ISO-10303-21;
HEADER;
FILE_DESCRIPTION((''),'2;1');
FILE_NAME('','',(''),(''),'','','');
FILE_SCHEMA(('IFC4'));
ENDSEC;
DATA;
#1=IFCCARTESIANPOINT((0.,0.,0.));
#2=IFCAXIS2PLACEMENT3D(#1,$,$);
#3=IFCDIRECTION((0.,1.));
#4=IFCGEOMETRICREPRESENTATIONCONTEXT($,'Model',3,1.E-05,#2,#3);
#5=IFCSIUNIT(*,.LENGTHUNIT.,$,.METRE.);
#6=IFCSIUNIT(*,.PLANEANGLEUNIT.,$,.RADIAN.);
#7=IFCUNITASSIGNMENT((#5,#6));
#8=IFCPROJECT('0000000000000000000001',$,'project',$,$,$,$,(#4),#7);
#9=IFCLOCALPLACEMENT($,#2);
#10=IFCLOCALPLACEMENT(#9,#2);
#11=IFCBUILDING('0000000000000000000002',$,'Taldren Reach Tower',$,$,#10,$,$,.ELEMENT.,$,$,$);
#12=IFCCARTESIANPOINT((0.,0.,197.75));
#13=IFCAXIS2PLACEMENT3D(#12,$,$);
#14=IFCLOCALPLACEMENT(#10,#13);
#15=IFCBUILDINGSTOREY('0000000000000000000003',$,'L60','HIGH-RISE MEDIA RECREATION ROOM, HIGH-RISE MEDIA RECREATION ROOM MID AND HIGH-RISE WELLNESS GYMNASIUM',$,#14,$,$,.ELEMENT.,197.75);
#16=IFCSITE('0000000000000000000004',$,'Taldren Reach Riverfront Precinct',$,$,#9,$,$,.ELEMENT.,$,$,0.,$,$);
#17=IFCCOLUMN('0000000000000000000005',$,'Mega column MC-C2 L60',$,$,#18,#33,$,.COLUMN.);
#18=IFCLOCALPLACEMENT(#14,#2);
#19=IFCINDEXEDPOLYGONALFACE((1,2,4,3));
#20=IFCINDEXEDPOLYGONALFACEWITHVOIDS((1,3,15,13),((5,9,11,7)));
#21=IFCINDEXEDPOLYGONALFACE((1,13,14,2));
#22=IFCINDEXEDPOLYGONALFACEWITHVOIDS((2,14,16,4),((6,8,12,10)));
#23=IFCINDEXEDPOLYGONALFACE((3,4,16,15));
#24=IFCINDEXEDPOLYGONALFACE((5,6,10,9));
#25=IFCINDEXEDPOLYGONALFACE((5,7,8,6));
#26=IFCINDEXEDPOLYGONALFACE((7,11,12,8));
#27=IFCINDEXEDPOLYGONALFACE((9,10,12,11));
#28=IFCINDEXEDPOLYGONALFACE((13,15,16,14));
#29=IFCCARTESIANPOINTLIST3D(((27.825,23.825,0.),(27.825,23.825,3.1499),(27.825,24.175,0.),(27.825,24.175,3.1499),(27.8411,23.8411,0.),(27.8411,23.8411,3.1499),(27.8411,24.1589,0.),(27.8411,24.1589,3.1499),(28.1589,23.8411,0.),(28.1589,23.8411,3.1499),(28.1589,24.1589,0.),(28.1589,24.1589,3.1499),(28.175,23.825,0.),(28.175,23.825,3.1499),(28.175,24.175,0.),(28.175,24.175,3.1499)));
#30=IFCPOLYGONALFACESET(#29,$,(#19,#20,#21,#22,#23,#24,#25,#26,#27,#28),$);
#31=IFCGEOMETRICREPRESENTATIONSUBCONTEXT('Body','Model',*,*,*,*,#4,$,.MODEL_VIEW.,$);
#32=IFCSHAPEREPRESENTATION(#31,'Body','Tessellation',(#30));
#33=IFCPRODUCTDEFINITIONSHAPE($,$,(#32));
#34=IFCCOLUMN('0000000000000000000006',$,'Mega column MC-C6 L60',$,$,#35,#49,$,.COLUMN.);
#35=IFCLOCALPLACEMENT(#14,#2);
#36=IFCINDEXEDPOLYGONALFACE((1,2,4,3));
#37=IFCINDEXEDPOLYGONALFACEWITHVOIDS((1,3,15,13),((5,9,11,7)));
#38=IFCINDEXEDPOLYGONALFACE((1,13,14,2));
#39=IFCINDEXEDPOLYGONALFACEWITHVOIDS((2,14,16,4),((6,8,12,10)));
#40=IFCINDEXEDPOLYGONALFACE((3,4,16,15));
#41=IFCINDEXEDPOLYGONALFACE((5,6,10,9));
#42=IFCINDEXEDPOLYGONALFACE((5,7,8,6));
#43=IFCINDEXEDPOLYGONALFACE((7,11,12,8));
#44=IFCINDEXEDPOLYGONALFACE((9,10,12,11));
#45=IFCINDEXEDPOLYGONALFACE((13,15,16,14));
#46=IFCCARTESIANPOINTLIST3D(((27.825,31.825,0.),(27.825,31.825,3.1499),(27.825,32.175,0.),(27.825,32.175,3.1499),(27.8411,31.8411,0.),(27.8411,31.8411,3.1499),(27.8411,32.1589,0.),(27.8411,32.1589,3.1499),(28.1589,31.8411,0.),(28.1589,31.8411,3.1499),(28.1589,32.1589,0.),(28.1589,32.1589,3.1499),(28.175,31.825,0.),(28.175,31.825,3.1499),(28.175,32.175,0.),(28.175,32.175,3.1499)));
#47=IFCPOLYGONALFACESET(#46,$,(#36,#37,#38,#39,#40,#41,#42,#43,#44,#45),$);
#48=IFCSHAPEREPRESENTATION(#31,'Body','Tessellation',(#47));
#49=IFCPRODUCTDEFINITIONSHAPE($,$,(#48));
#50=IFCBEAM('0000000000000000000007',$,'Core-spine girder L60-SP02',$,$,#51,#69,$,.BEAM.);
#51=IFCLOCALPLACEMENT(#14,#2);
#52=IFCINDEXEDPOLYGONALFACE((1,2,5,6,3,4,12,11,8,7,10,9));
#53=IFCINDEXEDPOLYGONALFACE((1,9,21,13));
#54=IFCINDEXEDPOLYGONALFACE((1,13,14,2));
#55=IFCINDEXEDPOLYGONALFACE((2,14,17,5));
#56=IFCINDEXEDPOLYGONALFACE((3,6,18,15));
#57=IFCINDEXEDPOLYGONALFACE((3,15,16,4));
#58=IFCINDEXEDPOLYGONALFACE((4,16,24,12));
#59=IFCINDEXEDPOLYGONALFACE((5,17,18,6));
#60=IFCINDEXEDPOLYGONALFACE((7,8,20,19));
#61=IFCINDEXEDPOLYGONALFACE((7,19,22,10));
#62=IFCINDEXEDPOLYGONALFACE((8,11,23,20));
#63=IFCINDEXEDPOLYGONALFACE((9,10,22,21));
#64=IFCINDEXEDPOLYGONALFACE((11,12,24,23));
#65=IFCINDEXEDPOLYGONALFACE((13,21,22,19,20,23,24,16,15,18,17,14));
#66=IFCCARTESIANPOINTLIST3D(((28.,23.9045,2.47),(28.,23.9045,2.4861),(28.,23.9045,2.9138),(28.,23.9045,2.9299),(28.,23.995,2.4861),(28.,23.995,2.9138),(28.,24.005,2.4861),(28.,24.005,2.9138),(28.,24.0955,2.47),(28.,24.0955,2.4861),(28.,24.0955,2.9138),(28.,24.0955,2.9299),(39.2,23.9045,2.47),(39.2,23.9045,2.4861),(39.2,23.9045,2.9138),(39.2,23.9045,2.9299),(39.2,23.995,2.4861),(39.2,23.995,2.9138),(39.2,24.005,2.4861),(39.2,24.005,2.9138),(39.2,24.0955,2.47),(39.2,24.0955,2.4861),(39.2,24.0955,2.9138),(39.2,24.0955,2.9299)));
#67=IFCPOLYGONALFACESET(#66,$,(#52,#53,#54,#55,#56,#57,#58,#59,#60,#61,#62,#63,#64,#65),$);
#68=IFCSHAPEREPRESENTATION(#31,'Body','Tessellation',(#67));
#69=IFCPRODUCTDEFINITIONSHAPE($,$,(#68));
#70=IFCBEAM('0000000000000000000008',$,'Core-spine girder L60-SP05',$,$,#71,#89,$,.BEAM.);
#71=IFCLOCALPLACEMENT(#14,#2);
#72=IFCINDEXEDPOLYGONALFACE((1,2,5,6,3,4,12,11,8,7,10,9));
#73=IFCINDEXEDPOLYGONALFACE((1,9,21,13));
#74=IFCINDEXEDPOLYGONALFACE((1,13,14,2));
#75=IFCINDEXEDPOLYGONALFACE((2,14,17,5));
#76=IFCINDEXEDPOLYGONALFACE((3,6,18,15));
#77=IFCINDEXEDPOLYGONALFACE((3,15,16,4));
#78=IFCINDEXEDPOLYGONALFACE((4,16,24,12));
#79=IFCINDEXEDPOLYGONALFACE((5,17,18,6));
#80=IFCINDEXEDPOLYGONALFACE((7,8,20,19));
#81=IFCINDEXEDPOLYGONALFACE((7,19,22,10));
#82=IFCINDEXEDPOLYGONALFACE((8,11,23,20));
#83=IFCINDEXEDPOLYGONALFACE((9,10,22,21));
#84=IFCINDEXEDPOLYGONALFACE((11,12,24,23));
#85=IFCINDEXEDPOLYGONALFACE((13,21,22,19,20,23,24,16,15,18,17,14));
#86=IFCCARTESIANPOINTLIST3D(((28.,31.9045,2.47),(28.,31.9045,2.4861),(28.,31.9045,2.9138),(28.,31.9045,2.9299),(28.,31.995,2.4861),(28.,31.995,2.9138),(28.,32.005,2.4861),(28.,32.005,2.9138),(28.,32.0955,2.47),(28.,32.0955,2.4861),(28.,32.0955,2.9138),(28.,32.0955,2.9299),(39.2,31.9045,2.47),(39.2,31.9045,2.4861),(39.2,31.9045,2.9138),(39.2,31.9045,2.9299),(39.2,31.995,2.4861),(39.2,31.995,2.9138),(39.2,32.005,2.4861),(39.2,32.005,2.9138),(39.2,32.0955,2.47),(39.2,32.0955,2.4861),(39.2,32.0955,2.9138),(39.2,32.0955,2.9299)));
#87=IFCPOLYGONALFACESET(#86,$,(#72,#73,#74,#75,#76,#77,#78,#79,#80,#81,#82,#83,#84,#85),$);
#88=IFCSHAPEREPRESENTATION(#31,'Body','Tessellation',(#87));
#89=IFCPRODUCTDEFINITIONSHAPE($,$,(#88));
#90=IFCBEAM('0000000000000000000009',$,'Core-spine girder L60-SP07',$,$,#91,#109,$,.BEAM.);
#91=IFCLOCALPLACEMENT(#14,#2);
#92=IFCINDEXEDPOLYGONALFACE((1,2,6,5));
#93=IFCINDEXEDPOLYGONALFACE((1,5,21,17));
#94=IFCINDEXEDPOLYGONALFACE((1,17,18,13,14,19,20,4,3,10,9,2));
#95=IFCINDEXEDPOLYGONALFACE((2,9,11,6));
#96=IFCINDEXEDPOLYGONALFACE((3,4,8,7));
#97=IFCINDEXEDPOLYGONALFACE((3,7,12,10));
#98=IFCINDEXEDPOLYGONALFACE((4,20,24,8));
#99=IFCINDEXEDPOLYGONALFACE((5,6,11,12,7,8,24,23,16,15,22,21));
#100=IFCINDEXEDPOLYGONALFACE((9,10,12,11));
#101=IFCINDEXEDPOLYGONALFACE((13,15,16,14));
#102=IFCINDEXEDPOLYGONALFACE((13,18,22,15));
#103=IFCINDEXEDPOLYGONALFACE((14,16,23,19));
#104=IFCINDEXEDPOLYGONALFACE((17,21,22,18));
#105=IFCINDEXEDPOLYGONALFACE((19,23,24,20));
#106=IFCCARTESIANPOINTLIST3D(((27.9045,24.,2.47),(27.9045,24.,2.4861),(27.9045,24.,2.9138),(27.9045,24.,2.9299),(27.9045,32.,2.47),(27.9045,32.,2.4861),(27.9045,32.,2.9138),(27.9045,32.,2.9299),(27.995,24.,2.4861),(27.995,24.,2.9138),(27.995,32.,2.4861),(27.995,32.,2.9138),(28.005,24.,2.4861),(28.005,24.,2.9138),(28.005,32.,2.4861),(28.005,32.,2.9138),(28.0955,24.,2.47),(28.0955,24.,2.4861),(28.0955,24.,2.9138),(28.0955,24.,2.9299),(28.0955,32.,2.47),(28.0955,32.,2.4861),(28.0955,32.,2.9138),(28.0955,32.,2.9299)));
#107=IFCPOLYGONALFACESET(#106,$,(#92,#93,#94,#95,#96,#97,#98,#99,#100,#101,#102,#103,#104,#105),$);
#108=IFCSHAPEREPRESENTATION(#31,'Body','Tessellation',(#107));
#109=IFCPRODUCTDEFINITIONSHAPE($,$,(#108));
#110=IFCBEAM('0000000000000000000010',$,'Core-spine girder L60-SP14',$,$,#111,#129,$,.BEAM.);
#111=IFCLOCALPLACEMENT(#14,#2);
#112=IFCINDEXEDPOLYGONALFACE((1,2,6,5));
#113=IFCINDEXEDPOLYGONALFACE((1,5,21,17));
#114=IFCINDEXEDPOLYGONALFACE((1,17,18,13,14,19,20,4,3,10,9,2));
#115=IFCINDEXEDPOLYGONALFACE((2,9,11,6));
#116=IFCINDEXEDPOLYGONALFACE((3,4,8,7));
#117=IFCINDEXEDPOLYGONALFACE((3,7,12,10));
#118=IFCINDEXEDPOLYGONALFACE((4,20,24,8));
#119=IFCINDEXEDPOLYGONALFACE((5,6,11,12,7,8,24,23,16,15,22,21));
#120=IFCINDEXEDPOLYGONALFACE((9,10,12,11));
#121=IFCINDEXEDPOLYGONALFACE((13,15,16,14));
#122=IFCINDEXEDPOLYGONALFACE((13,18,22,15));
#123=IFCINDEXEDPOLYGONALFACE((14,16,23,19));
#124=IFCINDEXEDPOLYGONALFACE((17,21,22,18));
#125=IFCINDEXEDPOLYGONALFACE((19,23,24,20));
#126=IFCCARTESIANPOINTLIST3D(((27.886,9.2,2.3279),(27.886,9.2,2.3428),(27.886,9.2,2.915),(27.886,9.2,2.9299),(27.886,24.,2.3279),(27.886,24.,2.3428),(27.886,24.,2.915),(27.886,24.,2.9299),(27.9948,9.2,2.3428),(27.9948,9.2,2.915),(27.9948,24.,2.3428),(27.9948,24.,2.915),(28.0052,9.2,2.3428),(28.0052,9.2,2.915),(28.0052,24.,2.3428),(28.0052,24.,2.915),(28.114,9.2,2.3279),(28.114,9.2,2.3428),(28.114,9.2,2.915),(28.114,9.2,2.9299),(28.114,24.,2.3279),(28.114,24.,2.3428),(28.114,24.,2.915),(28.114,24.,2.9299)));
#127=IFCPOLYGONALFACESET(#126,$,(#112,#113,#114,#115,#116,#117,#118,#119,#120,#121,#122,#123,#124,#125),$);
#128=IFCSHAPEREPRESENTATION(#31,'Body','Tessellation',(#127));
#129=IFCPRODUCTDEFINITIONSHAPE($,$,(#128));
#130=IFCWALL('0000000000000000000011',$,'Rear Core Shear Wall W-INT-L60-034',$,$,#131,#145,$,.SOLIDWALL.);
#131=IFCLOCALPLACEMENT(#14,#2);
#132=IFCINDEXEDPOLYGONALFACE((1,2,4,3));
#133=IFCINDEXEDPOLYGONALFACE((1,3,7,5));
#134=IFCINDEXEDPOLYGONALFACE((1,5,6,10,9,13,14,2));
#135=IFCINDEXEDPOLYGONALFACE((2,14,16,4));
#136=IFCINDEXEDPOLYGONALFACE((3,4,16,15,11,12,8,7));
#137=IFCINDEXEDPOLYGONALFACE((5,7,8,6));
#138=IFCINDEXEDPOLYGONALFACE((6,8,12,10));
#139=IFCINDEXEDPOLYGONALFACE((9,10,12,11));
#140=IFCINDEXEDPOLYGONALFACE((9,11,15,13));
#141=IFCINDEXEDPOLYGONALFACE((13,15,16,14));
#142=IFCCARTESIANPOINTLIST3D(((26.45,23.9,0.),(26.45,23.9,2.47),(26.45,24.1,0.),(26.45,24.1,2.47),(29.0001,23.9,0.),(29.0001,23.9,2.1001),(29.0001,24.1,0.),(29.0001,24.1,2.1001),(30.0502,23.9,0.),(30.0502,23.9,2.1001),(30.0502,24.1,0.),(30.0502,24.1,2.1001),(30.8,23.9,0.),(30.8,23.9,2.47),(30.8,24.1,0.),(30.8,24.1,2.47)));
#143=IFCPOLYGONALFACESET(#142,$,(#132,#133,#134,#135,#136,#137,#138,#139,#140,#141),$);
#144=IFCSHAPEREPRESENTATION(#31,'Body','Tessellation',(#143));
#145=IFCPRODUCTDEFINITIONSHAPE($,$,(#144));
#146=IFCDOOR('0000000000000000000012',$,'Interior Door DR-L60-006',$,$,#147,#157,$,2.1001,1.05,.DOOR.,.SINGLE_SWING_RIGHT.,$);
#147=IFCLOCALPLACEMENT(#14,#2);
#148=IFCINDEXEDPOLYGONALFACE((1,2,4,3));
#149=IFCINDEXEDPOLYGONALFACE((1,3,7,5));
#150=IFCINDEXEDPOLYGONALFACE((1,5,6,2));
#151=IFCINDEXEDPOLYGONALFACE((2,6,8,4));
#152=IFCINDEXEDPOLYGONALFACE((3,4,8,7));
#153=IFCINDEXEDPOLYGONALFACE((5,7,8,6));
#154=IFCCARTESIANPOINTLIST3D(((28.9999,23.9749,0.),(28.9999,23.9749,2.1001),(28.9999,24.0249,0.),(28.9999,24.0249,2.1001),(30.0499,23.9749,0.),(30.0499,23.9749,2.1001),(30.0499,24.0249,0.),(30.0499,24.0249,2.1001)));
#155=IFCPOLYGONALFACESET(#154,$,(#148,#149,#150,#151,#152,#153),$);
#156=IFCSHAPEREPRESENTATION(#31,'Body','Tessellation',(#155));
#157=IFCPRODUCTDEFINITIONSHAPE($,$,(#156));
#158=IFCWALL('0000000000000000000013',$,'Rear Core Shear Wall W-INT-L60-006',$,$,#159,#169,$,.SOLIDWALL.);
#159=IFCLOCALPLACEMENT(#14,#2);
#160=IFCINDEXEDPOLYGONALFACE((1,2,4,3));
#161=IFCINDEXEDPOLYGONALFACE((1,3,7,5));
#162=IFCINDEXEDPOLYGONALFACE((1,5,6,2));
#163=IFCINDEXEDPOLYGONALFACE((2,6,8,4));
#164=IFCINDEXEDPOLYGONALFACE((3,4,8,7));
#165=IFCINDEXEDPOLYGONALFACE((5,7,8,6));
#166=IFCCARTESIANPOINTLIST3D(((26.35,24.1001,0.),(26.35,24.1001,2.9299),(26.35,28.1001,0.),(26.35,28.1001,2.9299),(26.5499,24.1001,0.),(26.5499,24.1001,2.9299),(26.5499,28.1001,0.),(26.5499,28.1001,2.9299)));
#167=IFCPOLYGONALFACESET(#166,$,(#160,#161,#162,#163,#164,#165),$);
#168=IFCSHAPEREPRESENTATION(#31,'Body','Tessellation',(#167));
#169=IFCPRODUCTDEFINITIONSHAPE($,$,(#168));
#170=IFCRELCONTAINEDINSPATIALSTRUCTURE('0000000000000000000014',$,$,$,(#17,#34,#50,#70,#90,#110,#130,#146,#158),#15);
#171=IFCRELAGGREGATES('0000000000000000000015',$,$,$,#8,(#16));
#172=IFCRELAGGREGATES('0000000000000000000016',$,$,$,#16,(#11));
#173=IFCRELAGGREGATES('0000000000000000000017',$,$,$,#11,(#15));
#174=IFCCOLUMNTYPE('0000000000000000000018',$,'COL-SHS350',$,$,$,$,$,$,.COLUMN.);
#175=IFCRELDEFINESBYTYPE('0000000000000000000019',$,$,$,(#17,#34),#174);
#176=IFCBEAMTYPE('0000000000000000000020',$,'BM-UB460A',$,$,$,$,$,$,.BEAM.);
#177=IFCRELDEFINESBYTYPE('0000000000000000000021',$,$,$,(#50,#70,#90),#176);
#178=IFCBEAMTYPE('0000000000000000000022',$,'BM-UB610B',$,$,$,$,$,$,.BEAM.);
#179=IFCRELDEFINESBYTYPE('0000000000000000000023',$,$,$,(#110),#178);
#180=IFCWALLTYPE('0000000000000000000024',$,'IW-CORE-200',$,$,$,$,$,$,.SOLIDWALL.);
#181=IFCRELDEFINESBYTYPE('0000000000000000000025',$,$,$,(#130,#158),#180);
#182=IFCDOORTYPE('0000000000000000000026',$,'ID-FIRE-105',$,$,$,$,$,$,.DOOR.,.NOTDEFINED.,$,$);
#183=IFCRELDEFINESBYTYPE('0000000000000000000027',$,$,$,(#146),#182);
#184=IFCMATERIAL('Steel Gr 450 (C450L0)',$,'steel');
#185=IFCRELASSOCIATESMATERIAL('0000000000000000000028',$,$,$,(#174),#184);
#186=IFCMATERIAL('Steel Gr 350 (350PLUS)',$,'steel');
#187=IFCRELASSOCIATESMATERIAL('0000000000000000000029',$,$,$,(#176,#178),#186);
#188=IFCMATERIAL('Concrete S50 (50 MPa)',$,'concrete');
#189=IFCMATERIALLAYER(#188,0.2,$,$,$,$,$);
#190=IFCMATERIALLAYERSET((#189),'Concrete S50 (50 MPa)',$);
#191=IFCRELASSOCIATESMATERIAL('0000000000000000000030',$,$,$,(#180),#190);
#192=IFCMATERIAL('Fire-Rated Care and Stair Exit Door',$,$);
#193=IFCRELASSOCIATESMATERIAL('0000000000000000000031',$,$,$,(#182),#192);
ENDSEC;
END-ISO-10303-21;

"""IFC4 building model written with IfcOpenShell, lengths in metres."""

from ifc_helpers import new_model, si_unit, direction, frame, frame_2d, origin, origin_2d, place, context, subcontext, project, spatial, rectangle, hollow_rectangle, i_section, extrude, source, transform, mapped, material, layer, layer_set, material_profile, profile_set, type_object, element, fill, save


model = new_model("IFC4")

# Units and contexts
model_context = context("Model", 3, precision=1e-05, world=origin(), true_north=direction((0.0, 1.0)))
body_context = subcontext(model_context, "Body", "Model", "MODEL_VIEW")
ifc_project = project(units=[si_unit("LENGTHUNIT", "METRE"), si_unit("PLANEANGLEUNIT", "RADIAN")], contexts=[model_context])

# Site, building, storey
site_placement = place(None, origin())
site = spatial("IfcSite", under=ifc_project, at=site_placement, Name="Taldren Reach Riverfront Precinct", CompositionType="ELEMENT", RefElevation=0.0)
building_placement = place(site_placement, origin())
building = spatial("IfcBuilding", under=site, at=building_placement, Name="Taldren Reach Tower", CompositionType="ELEMENT")
storey_placement = place(building_placement, frame((0.0, 0.0, 197.75)))
storey = spatial("IfcBuildingStorey", under=building, at=storey_placement, Name="L60", Description="HIGH-RISE MEDIA RECREATION ROOM, HIGH-RISE MEDIA RECREATION ROOM MID AND HIGH-RISE WELLNESS GYMNASIUM", CompositionType="ELEMENT", Elevation=197.75)

# Columns
ifc_material_1 = material(Name="Steel Gr 450 (C450L0)", Category="steel")
ifc_material_profile_1 = material_profile(ifc_material_1, hollow_rectangle(XDim=0.3501, YDim=0.3501, WallThickness=0.0161, at=origin_2d()), Name="350x350x16.0SHS")
ifc_profile_set_1 = profile_set([ifc_material_profile_1], Name="Steel Gr 450 (C450L0)")
column_type = type_object("IfcColumnType", Name="COL-SHS350", PredefinedType="COLUMN", material=ifc_profile_set_1)
shared_shape_1 = source(origin(), body_context, "Body", "SweptSolid", [
    extrude(hollow_rectangle(XDim=0.3501, YDim=0.3501, WallThickness=0.0161, at=origin_2d()), origin(), (0.0, 0.0, 1.0), 3.1499),
])
for number, where, z_axis, x_axis, name in (
    (1, (28.0, 24.0, 0.0), (0.0, 0.0, 1.0), (1.0, 0.0, 0.0), "Mega column MC-C2 L60"),
    (2, (28.0, 32.0, 0.0), (0.0, 0.0, 1.0), (1.0, 0.0, 0.0), "Mega column MC-C6 L60"),
):
    element("IfcColumn", number, at=place(storey_placement, frame(where, z_axis=z_axis, x_axis=x_axis)), inside=storey, type_object=column_type, Name=name, PredefinedType="COLUMN", context=body_context, shape_type="MappedRepresentation", body=[
        mapped(shared_shape_1, transform((0.0, 0.0, 0.0), scale=1.0)),
    ])

# Beams
ifc_material_2 = material(Name="Steel Gr 350 (350PLUS)", Category="steel")
ifc_material_profile_2 = material_profile(ifc_material_2, i_section(OverallWidth=0.1909, OverallDepth=0.46, WebThickness=0.01, FlangeThickness=0.0161, at=origin_2d()), Name="460UB82.1")
ifc_profile_set_2 = profile_set([ifc_material_profile_2], Name="Steel Gr 350 (350PLUS)")
beam_type_1 = type_object("IfcBeamType", Name="BM-UB460A", PredefinedType="BEAM", material=ifc_profile_set_2)
shared_shape_2 = source(origin(), body_context, "Body", "SweptSolid", [
    extrude(i_section(OverallWidth=0.1909, OverallDepth=0.46, WebThickness=0.01, FlangeThickness=0.0161, at=origin_2d()), origin(), (0.0, 0.0, 1.0), 11.2),
])
for number, where, z_axis, x_axis, name in (
    (3, (28.0, 24.0, 2.7), (1.0, 0.0, 0.0), (0.0, 1.0, 0.0), "Core-spine girder L60-SP02"),
    (4, (28.0, 32.0, 2.7), (1.0, 0.0, 0.0), (0.0, 1.0, 0.0), "Core-spine girder L60-SP05"),
):
    element("IfcBeam", number, at=place(storey_placement, frame(where, z_axis=z_axis, x_axis=x_axis)), inside=storey, type_object=beam_type_1, Name=name, PredefinedType="BEAM", context=body_context, shape_type="MappedRepresentation", body=[
        mapped(shared_shape_2, transform((0.0, 0.0, 0.0), scale=1.0)),
    ])
shared_shape_3 = source(origin(), body_context, "Body", "SweptSolid", [
    extrude(i_section(OverallWidth=0.1909, OverallDepth=0.46, WebThickness=0.01, FlangeThickness=0.0161, at=origin_2d()), origin(), (0.0, 0.0, 1.0), 8.0),
])
beam_1_placement = place(storey_placement, frame((28.0, 24.0, 2.7), z_axis=(0.0, 1.0, 0.0), x_axis=(-1.0, 0.0, 0.0)))
element("IfcBeam", 5, at=beam_1_placement, inside=storey, type_object=beam_type_1, Name="Core-spine girder L60-SP07", PredefinedType="BEAM", context=body_context, shape_type="MappedRepresentation", body=[
    mapped(shared_shape_3, transform((0.0, 0.0, 0.0), scale=1.0)),
])
ifc_material_profile_3 = material_profile(ifc_material_2, i_section(OverallWidth=0.228, OverallDepth=0.6021, WebThickness=0.0105, FlangeThickness=0.0149, at=origin_2d()), Name="610UB101")
ifc_profile_set_3 = profile_set([ifc_material_profile_3], Name="Steel Gr 350 (350PLUS)")
beam_type_2 = type_object("IfcBeamType", Name="BM-UB610B", PredefinedType="BEAM", material=ifc_profile_set_3)
shared_shape_4 = source(origin(), body_context, "Body", "SweptSolid", [
    extrude(i_section(OverallWidth=0.228, OverallDepth=0.6021, WebThickness=0.0105, FlangeThickness=0.0149, at=origin_2d()), origin(), (0.0, 0.0, 1.0), 14.8),
])
beam_2_placement = place(storey_placement, frame((28.0, 24.0, 2.6289), z_axis=(0.0, -1.0, 0.0), x_axis=(1.0, 0.0, 0.0)))
element("IfcBeam", 6, at=beam_2_placement, inside=storey, type_object=beam_type_2, Name="Core-spine girder L60-SP14", PredefinedType="BEAM", context=body_context, shape_type="MappedRepresentation", body=[
    mapped(shared_shape_4, transform((0.0, 0.0, 0.0), scale=1.0)),
])

# Wall, opening, door
ifc_material_3 = material(Name="Concrete S50 (50 MPa)", Category="concrete")
ifc_layer_1 = layer(ifc_material_3, 0.2)
ifc_layer_set_1 = layer_set([ifc_layer_1], Name="Concrete S50 (50 MPa)")
wall_type_1 = type_object("IfcWallType", Name="IW-CORE-200", PredefinedType="SOLIDWALL", material=ifc_layer_set_1)
shared_shape_5 = source(origin(), body_context, "Body", "SweptSolid", [
    extrude(rectangle(XDim=4.3501, YDim=0.2, at=frame_2d((2.175, 0.0))), origin(), (0.0, 0.0, 1.0), 2.47),
])
wall_1_placement = place(storey_placement, frame((30.8, 24.0, 0.0), z_axis=(0.0, 0.0, 1.0), x_axis=(-1.0, 0.0, 0.0)))
wall_1 = element("IfcWall", 7, at=wall_1_placement, inside=storey, type_object=wall_type_1, Name="Rear Core Shear Wall W-INT-L60-034", PredefinedType="SOLIDWALL", context=body_context, shape_type="MappedRepresentation", body=[
    mapped(shared_shape_5, transform((0.0, 0.0, 0.0), scale=1.0)),
])
shared_shape_6 = source(origin(), body_context, "Body", "SweptSolid", [
    extrude(rectangle(XDim=1.05, YDim=2.1001, at=frame_2d((0.5249, 1.05))), frame((0.0, 0.1099, 0.0), z_axis=(0.0, -1.0, 0.0), x_axis=(1.0, 0.0, 0.0)), (0.0, 0.0, 1.0), 0.22),
])
opening_1_placement = place(wall_1_placement, frame((0.75, 0.0, 0.0)))
opening_1 = element("IfcOpeningElement", 8, at=opening_1_placement, cuts=wall_1, PredefinedType="OPENING", context=body_context, shape_type="MappedRepresentation", body=[
    mapped(shared_shape_6, transform((0.0, 0.0, 0.0), scale=1.0)),
])
ifc_material_4 = material(Name="Fire-Rated Care and Stair Exit Door")
door_type_1 = type_object("IfcDoorType", Name="ID-FIRE-105", OperationType="NOTDEFINED", PredefinedType="DOOR", material=ifc_material_4)
shared_shape_7 = source(origin(), body_context, "Body", "SweptSolid", [
    extrude(rectangle(XDim=1.05, YDim=2.1001, at=frame_2d((0.5249, 1.05))), frame((0.0, 0.0249, 0.0), z_axis=(0.0, -1.0, 0.0), x_axis=(1.0, 0.0, 0.0)), (0.0, 0.0, 1.0), 0.05),
])
door_1_placement = place(opening_1_placement, frame((1.05, 0.0, 0.0), z_axis=(0.0, 0.0, 1.0), x_axis=(-1.0, 0.0, 0.0)))
door_1 = element("IfcDoor", 9, at=door_1_placement, inside=storey, type_object=door_type_1, Name="Interior Door DR-L60-006", OperationType="SINGLE_SWING_RIGHT", OverallHeight=2.1001, OverallWidth=1.05, PredefinedType="DOOR", context=body_context, shape_type="MappedRepresentation", body=[
    mapped(shared_shape_7, transform((0.0, 0.0, 0.0), scale=1.0)),
])
fill(opening_1, door_1)

# Wall
shared_shape_8 = source(origin(), body_context, "Body", "SweptSolid", [
    extrude(rectangle(XDim=4.0, YDim=0.2, at=frame_2d((2.0, 0.0))), origin(), (0.0, 0.0, 1.0), 2.9299),
])
for number, where, z_axis, x_axis, name in (
    (10, (26.45, 24.1001, 0.0), (0.0, 0.0, 1.0), (0.0, 1.0, 0.0), "Rear Core Shear Wall W-INT-L60-006"),
):
    element("IfcWall", number, at=place(storey_placement, frame(where, z_axis=z_axis, x_axis=x_axis)), inside=storey, type_object=wall_type_1, Name=name, PredefinedType="SOLIDWALL", context=body_context, shape_type="MappedRepresentation", body=[
        mapped(shared_shape_8, transform((0.0, 0.0, 0.0), scale=1.0)),
    ])

save(model, "model.ifc")
